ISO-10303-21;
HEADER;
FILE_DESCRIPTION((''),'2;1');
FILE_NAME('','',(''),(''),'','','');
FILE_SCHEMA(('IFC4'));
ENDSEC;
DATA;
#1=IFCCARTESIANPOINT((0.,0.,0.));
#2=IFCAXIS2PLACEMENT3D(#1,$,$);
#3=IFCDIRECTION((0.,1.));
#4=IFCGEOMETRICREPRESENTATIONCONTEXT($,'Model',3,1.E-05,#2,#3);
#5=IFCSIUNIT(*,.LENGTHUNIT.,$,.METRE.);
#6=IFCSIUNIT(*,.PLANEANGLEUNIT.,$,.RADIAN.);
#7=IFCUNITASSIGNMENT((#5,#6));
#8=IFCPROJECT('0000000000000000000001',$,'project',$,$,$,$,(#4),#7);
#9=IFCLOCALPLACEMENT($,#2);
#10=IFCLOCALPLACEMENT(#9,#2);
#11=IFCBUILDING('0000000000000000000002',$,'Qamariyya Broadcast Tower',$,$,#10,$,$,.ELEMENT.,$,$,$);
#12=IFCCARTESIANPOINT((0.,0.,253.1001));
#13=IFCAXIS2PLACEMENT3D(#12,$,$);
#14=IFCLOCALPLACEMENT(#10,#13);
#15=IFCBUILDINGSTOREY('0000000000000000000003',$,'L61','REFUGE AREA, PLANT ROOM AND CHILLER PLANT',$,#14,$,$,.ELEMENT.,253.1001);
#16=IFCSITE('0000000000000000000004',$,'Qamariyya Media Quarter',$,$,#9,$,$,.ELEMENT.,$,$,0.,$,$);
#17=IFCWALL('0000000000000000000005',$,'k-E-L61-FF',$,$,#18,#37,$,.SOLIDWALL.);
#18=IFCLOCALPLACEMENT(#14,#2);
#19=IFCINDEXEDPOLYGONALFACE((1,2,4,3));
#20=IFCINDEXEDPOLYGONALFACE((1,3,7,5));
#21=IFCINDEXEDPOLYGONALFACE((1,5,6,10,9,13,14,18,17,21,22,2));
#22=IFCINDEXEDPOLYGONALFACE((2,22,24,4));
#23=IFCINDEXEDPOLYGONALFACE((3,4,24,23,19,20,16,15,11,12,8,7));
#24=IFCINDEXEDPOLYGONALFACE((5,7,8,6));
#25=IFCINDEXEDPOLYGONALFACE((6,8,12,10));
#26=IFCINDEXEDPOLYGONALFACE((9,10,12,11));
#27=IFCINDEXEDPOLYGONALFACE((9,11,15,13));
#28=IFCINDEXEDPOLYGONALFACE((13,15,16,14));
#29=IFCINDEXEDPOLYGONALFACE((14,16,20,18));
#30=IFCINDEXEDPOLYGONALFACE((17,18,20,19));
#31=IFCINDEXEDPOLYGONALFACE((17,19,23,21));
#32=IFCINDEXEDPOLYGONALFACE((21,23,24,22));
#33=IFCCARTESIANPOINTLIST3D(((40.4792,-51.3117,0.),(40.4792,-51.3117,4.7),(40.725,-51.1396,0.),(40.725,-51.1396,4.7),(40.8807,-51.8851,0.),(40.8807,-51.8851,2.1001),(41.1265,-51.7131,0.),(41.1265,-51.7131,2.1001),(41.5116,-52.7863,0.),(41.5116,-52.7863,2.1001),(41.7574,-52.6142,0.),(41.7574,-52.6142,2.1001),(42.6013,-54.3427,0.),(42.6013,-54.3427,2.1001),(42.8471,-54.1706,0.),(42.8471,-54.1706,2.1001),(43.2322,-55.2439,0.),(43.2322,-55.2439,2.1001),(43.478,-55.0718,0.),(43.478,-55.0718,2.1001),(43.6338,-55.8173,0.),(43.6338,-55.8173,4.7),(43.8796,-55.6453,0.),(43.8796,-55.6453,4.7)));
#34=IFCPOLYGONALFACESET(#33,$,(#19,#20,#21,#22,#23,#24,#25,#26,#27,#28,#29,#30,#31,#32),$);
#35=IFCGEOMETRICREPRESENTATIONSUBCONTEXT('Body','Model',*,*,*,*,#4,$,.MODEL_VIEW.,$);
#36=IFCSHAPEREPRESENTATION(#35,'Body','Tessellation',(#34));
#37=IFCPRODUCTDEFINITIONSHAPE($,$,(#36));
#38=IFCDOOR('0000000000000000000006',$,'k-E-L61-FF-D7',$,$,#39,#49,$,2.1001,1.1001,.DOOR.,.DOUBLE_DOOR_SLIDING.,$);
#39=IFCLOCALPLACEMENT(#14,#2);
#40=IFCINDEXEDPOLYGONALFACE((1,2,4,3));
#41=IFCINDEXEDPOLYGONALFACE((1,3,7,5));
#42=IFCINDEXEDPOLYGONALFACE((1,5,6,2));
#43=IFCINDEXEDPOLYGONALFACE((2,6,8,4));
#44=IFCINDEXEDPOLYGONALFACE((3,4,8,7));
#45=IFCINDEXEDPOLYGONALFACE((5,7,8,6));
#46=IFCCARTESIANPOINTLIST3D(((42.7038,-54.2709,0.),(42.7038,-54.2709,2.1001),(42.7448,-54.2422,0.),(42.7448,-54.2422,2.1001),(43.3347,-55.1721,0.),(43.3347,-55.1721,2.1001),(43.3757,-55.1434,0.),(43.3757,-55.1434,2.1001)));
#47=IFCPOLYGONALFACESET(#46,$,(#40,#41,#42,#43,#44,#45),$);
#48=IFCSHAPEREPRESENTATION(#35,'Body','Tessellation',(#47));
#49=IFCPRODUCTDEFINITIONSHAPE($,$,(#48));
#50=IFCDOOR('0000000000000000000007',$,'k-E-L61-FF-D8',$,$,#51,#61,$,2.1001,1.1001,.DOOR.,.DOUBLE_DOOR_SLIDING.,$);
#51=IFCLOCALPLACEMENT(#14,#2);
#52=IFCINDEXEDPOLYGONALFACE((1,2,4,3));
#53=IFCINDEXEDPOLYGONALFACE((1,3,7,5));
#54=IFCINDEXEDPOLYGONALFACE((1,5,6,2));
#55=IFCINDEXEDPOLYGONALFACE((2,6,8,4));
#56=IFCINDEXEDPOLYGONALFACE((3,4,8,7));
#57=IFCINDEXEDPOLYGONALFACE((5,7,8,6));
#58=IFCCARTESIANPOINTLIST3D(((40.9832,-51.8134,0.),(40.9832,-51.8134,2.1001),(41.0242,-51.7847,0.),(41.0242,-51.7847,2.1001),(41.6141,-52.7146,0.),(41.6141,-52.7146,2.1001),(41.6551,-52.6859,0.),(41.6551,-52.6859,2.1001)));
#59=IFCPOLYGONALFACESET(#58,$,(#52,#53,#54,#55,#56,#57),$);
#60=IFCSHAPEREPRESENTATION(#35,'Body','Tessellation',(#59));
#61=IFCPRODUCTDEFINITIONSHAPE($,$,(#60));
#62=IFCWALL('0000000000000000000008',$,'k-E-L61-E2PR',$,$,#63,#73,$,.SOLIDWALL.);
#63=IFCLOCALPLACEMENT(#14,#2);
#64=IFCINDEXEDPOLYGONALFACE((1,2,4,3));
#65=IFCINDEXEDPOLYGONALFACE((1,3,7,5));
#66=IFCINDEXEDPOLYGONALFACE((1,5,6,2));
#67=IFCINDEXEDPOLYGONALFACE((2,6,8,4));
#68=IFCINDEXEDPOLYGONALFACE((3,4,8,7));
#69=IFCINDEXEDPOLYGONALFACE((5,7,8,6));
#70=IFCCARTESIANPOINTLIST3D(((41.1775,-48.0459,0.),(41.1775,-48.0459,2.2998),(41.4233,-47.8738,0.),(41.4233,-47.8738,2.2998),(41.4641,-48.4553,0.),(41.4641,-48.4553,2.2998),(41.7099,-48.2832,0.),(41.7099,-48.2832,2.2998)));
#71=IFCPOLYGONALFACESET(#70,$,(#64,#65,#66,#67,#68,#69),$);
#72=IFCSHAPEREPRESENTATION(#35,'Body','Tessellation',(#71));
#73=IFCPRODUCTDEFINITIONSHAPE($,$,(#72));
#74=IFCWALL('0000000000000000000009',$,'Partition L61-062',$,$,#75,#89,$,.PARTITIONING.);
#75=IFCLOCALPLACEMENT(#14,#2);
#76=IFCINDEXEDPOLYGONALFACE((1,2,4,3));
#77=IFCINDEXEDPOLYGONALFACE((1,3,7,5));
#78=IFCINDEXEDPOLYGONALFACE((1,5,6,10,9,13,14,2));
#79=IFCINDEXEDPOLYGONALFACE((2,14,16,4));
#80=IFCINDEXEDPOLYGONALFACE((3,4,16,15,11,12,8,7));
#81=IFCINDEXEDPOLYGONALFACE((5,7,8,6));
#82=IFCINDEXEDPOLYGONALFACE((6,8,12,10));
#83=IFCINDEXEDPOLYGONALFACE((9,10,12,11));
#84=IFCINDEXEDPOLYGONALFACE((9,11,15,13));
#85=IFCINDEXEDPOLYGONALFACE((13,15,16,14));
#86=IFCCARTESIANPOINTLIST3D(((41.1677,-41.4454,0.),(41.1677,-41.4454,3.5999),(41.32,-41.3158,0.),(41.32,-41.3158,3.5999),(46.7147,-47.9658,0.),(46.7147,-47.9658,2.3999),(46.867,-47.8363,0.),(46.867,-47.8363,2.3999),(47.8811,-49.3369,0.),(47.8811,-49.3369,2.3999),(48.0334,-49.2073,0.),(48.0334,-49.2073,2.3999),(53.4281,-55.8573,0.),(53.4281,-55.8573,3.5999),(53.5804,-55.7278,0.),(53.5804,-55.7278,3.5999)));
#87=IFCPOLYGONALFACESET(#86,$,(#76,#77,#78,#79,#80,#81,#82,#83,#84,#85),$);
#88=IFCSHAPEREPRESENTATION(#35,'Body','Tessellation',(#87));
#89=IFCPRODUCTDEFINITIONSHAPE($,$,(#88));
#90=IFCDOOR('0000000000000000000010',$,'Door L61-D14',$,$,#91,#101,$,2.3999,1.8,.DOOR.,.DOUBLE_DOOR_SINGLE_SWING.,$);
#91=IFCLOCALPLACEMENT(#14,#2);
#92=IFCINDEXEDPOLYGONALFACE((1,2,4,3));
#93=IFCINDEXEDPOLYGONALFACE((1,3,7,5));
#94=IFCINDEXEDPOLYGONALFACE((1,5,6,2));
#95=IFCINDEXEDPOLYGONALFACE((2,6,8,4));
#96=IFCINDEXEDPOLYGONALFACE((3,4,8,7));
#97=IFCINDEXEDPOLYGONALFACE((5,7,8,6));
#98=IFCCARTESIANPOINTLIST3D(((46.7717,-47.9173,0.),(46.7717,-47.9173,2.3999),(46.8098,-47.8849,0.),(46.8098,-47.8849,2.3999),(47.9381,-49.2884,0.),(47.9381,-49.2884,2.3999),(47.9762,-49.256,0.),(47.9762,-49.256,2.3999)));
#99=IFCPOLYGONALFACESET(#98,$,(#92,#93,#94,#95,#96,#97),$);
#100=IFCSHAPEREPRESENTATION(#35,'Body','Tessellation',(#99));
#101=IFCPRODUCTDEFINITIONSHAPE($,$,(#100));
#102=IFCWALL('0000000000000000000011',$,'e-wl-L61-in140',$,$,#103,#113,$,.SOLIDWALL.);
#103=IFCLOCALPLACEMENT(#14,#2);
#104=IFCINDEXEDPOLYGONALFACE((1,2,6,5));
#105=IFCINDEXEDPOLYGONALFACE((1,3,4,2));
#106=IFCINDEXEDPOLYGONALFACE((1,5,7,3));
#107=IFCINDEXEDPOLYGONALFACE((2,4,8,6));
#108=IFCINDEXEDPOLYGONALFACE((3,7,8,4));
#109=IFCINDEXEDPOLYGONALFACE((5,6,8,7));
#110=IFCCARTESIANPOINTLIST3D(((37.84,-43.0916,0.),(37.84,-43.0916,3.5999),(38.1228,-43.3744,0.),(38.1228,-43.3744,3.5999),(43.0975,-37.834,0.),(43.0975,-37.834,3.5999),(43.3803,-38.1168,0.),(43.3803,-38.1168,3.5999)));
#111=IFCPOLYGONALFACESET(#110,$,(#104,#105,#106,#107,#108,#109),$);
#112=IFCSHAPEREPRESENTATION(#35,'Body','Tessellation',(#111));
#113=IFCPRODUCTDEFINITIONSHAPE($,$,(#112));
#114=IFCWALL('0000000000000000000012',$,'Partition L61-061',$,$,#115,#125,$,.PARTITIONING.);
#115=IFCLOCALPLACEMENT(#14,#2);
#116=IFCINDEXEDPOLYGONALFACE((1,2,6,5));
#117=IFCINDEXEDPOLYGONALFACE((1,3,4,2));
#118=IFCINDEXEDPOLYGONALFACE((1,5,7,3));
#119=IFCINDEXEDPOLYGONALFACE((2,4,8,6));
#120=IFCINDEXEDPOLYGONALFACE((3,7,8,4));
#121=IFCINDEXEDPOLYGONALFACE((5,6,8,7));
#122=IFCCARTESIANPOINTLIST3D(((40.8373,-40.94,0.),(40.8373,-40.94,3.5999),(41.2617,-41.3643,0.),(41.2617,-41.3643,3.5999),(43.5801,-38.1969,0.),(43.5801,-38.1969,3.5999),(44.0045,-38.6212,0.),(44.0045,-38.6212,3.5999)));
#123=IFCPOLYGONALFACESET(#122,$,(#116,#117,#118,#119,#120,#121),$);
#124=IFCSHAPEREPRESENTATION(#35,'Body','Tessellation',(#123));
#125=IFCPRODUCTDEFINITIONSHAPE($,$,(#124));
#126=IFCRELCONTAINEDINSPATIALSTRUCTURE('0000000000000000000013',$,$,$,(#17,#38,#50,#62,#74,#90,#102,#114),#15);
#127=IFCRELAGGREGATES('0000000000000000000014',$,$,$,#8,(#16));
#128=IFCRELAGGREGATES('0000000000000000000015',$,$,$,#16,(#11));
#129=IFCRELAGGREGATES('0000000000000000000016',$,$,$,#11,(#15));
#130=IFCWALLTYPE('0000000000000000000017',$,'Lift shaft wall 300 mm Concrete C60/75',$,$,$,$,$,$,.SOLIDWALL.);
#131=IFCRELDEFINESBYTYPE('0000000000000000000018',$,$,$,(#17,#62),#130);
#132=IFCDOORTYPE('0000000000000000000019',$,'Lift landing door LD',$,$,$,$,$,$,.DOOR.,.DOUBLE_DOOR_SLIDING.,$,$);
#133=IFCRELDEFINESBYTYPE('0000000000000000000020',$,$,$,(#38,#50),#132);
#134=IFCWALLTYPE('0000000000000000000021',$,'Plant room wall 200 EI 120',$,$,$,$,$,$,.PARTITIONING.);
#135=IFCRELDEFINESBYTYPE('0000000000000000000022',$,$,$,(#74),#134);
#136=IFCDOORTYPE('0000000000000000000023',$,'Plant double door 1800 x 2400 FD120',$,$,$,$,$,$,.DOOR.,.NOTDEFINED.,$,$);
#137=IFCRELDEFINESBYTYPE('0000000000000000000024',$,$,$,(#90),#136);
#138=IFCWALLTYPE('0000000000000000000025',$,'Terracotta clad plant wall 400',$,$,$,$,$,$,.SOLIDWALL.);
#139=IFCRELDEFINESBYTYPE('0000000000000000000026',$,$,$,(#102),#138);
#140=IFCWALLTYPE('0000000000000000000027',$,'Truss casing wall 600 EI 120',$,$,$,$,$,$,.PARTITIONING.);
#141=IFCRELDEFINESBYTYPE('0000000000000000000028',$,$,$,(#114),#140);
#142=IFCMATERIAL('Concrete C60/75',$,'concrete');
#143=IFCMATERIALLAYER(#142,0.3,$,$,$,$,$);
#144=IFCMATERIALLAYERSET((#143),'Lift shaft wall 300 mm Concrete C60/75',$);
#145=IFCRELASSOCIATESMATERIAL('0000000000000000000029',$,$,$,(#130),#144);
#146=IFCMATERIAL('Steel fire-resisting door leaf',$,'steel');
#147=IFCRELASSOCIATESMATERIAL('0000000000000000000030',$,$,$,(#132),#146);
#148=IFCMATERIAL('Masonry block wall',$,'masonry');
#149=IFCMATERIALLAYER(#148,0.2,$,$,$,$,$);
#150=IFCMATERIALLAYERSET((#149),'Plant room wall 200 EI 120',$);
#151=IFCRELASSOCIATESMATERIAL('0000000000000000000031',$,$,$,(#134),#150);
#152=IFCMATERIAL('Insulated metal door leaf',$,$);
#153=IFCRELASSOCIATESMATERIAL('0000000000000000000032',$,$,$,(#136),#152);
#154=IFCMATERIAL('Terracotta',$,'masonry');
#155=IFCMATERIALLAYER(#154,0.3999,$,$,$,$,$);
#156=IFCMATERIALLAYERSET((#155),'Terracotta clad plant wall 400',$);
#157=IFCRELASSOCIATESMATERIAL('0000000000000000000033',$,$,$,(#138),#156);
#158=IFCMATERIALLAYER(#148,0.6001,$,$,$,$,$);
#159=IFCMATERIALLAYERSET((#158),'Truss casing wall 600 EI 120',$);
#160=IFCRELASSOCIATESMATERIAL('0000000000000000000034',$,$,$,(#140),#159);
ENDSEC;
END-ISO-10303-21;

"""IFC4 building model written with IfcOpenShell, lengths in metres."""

from ifc_helpers import new_model, si_unit, direction, frame, frame_2d, origin, place, context, subcontext, project, spatial, rectangle, extrude, material, layer, layer_set, type_object, element, fill, save


model = new_model("IFC4")

# Units and contexts
model_context = context("Model", 3, precision=1e-05, world=origin(), true_north=direction((0.0, 1.0)))
body_context = subcontext(model_context, "Body", "Model", "MODEL_VIEW")
ifc_project = project(units=[si_unit("LENGTHUNIT", "METRE"), si_unit("PLANEANGLEUNIT", "RADIAN")], contexts=[model_context])

# Site, building, storey
site_placement = place(None, origin())
site = spatial("IfcSite", under=ifc_project, at=site_placement, Name="Qamariyya Media Quarter", CompositionType="ELEMENT", RefElevation=0.0)
building_placement = place(site_placement, origin())
building = spatial("IfcBuilding", under=site, at=building_placement, Name="Qamariyya Broadcast Tower", CompositionType="ELEMENT")
storey_placement = place(building_placement, frame((0.0, 0.0, 253.1001)))
storey = spatial("IfcBuildingStorey", under=building, at=storey_placement, Name="L61", Description="REFUGE AREA, PLANT ROOM AND CHILLER PLANT", CompositionType="ELEMENT", Elevation=253.1001)

# Shared definitions
ifc_material_1 = material(Name="Concrete C60/75", Category="concrete")

# Wall, openings, doors
ifc_layer_1 = layer(ifc_material_1, 0.3)
ifc_layer_set_1 = layer_set([ifc_layer_1], Name="Lift shaft wall 300 mm Concrete C60/75")
wall_type_1 = type_object("IfcWallType", Name="Lift shaft wall 300 mm Concrete C60/75", PredefinedType="SOLIDWALL", material=ifc_layer_set_1)
wall_1_placement = place(storey_placement, frame((43.7566, -55.7312, 0.0), z_axis=(0.0, 0.0, 1.0), x_axis=(-0.573537, 0.81918, 0.0)))
wall_1 = element("IfcWall", 1, at=wall_1_placement, inside=storey, type_object=wall_type_1, Name="k-E-L61-FF", PredefinedType="SOLIDWALL", context=body_context, shape_type="SweptSolid", body=[
    extrude(rectangle(XDim=5.5002, YDim=0.3, at=frame_2d((2.75, 0.0))), origin(), (0.0, 0.0, 1.0), 4.7),
])
opening_1_placement = place(wall_1_placement, frame((0.7, 0.0, 0.0)))
opening_1 = element("IfcOpeningElement", 2, at=opening_1_placement, cuts=wall_1, PredefinedType="OPENING", context=body_context, shape_type="SweptSolid", body=[
    extrude(rectangle(XDim=1.1001, YDim=2.1001, at=frame_2d((0.55, 1.05))), frame((0.0, 0.1599, 0.0), z_axis=(0.0, -1.0, 0.0), x_axis=(1.0, 0.0, 0.0)), (0.0, 0.0, 1.0), 0.3201),
])
opening_2_placement = place(wall_1_placement, frame((3.7, 0.0, 0.0)))
opening_2 = element("IfcOpeningElement", 3, at=opening_2_placement, cuts=wall_1, PredefinedType="OPENING", context=body_context, shape_type="SweptSolid", body=[
    extrude(rectangle(XDim=1.1001, YDim=2.1001, at=frame_2d((0.55, 1.05))), frame((0.0, 0.1599, 0.0), z_axis=(0.0, -1.0, 0.0), x_axis=(1.0, 0.0, 0.0)), (0.0, 0.0, 1.0), 0.3201),
])
ifc_material_2 = material(Name="Steel fire-resisting door leaf", Category="steel")
door_type_1 = type_object("IfcDoorType", Name="Lift landing door LD", OperationType="DOUBLE_DOOR_SLIDING", PredefinedType="DOOR", material=ifc_material_2)
door_1_placement = place(opening_1_placement, origin())
door_1 = element("IfcDoor", 4, at=door_1_placement, inside=storey, type_object=door_type_1, Name="k-E-L61-FF-D7", OperationType="DOUBLE_DOOR_SLIDING", OverallHeight=2.1001, OverallWidth=1.1001, PredefinedType="DOOR", context=body_context, shape_type="SweptSolid", body=[
    extrude(rectangle(XDim=1.1001, YDim=2.1001, at=frame_2d((0.55, 1.05))), frame((0.0, 0.0249, 0.0), z_axis=(0.0, -1.0, 0.0), x_axis=(1.0, 0.0, 0.0)), (0.0, 0.0, 1.0), 0.05),
])
fill(opening_1, door_1)
door_2_placement = place(opening_2_placement, origin())
door_2 = element("IfcDoor", 5, at=door_2_placement, inside=storey, type_object=door_type_1, Name="k-E-L61-FF-D8", OperationType="DOUBLE_DOOR_SLIDING", OverallHeight=2.1001, OverallWidth=1.1001, PredefinedType="DOOR", context=body_context, shape_type="SweptSolid", body=[
    extrude(rectangle(XDim=1.1001, YDim=2.1001, at=frame_2d((0.55, 1.05))), frame((0.0, 0.0249, 0.0), z_axis=(0.0, -1.0, 0.0), x_axis=(1.0, 0.0, 0.0)), (0.0, 0.0, 1.0), 0.05),
])
fill(opening_2, door_2)

# Wall
wall_2_placement = place(storey_placement, frame((41.3003, -47.9597, 0.0), z_axis=(0.0, 0.0, 1.0), x_axis=(0.573495, -0.819209, 0.0)))
element("IfcWall", 6, at=wall_2_placement, inside=storey, type_object=wall_type_1, Name="k-E-L61-E2PR", PredefinedType="SOLIDWALL", context=body_context, shape_type="SweptSolid", body=[
    extrude(rectangle(XDim=0.4998, YDim=0.3, at=frame_2d((0.25, 0.0))), origin(), (0.0, 0.0, 1.0), 2.2998),
])

# Wall, opening, door
ifc_material_3 = material(Name="Masonry block wall", Category="masonry")
ifc_layer_2 = layer(ifc_material_3, 0.2)
ifc_layer_set_2 = layer_set([ifc_layer_2], Name="Plant room wall 200 EI 120")
wall_type_2 = type_object("IfcWallType", Name="Plant room wall 200 EI 120", PredefinedType="PARTITIONING", material=ifc_layer_set_2)
wall_3_placement = place(storey_placement, frame((41.2439, -41.3806, 0.0), z_axis=(0.0, 0.0, 1.0), x_axis=(0.64796, -0.761674, 0.0)))
wall_3 = element("IfcWall", 7, at=wall_3_placement, inside=storey, type_object=wall_type_2, Name="Partition L61-062", PredefinedType="PARTITIONING", context=body_context, shape_type="SweptSolid", body=[
    extrude(rectangle(XDim=18.9214, YDim=0.2, at=frame_2d((9.4607, 0.0))), origin(), (0.0, 0.0, 1.0), 3.5999),
])
opening_3_placement = place(wall_3_placement, frame((8.5608, 0.0, 0.0)))
opening_3 = element("IfcOpeningElement", 8, at=opening_3_placement, cuts=wall_3, PredefinedType="OPENING", context=body_context, shape_type="SweptSolid", body=[
    extrude(rectangle(XDim=1.8, YDim=2.3999, at=frame_2d((0.8999, 1.2))), frame((0.0, 0.1099, 0.0), z_axis=(0.0, -1.0, 0.0), x_axis=(1.0, 0.0, 0.0)), (0.0, 0.0, 1.0), 0.22),
])
ifc_material_4 = material(Name="Insulated metal door leaf")
door_type_2 = type_object("IfcDoorType", Name="Plant double door 1800 x 2400 FD120", OperationType="NOTDEFINED", PredefinedType="DOOR", material=ifc_material_4)
door_3_placement = place(opening_3_placement, origin())
door_3 = element("IfcDoor", 9, at=door_3_placement, inside=storey, type_object=door_type_2, Name="Door L61-D14", OperationType="DOUBLE_DOOR_SINGLE_SWING", OverallHeight=2.3999, OverallWidth=1.8, PredefinedType="DOOR", context=body_context, shape_type="SweptSolid", body=[
    extrude(rectangle(XDim=1.8, YDim=2.3999, at=frame_2d((0.8999, 1.2))), frame((0.0, 0.0249, 0.0), z_axis=(0.0, -1.0, 0.0), x_axis=(1.0, 0.0, 0.0)), (0.0, 0.0, 1.0), 0.05),
])
fill(opening_3, door_3)

# Walls
ifc_material_5 = material(Name="Terracotta", Category="masonry")
ifc_layer_3 = layer(ifc_material_5, 0.3999)
ifc_layer_set_3 = layer_set([ifc_layer_3], Name="Terracotta clad plant wall 400")
wall_type_3 = type_object("IfcWallType", Name="Terracotta clad plant wall 400", PredefinedType="SOLIDWALL", material=ifc_layer_set_3)
wall_4_placement = place(storey_placement, frame((43.239, -37.9753, 0.0), z_axis=(0.0, 0.0, 1.0), x_axis=(-0.707107, -0.707107, 0.0)))
element("IfcWall", 10, at=wall_4_placement, inside=storey, type_object=wall_type_3, Name="e-wl-L61-in140", PredefinedType="SOLIDWALL", context=body_context, shape_type="SweptSolid", body=[
    extrude(rectangle(XDim=7.4353, YDim=0.3999, at=frame_2d((3.7178, 0.0))), origin(), (0.0, 0.0, 1.0), 3.5999),
])
ifc_layer_4 = layer(ifc_material_3, 0.6001)
ifc_layer_set_4 = layer_set([ifc_layer_4], Name="Truss casing wall 600 EI 120")
wall_type_4 = type_object("IfcWallType", Name="Truss casing wall 600 EI 120", PredefinedType="PARTITIONING", material=ifc_layer_set_4)
wall_5_placement = place(storey_placement, frame((41.0496, -41.1521, 0.0), z_axis=(0.0, 0.0, 1.0), x_axis=(0.707075, 0.707138, 0.0)))
element("IfcWall", 11, at=wall_5_placement, inside=storey, type_object=wall_type_4, Name="Partition L61-061", PredefinedType="PARTITIONING", context=body_context, shape_type="SweptSolid", body=[
    extrude(rectangle(XDim=3.8792, YDim=0.6001, at=frame_2d((1.9395, 0.0))), origin(), (0.0, 0.0, 1.0), 3.5999),
])

save(model, "model.ifc")
